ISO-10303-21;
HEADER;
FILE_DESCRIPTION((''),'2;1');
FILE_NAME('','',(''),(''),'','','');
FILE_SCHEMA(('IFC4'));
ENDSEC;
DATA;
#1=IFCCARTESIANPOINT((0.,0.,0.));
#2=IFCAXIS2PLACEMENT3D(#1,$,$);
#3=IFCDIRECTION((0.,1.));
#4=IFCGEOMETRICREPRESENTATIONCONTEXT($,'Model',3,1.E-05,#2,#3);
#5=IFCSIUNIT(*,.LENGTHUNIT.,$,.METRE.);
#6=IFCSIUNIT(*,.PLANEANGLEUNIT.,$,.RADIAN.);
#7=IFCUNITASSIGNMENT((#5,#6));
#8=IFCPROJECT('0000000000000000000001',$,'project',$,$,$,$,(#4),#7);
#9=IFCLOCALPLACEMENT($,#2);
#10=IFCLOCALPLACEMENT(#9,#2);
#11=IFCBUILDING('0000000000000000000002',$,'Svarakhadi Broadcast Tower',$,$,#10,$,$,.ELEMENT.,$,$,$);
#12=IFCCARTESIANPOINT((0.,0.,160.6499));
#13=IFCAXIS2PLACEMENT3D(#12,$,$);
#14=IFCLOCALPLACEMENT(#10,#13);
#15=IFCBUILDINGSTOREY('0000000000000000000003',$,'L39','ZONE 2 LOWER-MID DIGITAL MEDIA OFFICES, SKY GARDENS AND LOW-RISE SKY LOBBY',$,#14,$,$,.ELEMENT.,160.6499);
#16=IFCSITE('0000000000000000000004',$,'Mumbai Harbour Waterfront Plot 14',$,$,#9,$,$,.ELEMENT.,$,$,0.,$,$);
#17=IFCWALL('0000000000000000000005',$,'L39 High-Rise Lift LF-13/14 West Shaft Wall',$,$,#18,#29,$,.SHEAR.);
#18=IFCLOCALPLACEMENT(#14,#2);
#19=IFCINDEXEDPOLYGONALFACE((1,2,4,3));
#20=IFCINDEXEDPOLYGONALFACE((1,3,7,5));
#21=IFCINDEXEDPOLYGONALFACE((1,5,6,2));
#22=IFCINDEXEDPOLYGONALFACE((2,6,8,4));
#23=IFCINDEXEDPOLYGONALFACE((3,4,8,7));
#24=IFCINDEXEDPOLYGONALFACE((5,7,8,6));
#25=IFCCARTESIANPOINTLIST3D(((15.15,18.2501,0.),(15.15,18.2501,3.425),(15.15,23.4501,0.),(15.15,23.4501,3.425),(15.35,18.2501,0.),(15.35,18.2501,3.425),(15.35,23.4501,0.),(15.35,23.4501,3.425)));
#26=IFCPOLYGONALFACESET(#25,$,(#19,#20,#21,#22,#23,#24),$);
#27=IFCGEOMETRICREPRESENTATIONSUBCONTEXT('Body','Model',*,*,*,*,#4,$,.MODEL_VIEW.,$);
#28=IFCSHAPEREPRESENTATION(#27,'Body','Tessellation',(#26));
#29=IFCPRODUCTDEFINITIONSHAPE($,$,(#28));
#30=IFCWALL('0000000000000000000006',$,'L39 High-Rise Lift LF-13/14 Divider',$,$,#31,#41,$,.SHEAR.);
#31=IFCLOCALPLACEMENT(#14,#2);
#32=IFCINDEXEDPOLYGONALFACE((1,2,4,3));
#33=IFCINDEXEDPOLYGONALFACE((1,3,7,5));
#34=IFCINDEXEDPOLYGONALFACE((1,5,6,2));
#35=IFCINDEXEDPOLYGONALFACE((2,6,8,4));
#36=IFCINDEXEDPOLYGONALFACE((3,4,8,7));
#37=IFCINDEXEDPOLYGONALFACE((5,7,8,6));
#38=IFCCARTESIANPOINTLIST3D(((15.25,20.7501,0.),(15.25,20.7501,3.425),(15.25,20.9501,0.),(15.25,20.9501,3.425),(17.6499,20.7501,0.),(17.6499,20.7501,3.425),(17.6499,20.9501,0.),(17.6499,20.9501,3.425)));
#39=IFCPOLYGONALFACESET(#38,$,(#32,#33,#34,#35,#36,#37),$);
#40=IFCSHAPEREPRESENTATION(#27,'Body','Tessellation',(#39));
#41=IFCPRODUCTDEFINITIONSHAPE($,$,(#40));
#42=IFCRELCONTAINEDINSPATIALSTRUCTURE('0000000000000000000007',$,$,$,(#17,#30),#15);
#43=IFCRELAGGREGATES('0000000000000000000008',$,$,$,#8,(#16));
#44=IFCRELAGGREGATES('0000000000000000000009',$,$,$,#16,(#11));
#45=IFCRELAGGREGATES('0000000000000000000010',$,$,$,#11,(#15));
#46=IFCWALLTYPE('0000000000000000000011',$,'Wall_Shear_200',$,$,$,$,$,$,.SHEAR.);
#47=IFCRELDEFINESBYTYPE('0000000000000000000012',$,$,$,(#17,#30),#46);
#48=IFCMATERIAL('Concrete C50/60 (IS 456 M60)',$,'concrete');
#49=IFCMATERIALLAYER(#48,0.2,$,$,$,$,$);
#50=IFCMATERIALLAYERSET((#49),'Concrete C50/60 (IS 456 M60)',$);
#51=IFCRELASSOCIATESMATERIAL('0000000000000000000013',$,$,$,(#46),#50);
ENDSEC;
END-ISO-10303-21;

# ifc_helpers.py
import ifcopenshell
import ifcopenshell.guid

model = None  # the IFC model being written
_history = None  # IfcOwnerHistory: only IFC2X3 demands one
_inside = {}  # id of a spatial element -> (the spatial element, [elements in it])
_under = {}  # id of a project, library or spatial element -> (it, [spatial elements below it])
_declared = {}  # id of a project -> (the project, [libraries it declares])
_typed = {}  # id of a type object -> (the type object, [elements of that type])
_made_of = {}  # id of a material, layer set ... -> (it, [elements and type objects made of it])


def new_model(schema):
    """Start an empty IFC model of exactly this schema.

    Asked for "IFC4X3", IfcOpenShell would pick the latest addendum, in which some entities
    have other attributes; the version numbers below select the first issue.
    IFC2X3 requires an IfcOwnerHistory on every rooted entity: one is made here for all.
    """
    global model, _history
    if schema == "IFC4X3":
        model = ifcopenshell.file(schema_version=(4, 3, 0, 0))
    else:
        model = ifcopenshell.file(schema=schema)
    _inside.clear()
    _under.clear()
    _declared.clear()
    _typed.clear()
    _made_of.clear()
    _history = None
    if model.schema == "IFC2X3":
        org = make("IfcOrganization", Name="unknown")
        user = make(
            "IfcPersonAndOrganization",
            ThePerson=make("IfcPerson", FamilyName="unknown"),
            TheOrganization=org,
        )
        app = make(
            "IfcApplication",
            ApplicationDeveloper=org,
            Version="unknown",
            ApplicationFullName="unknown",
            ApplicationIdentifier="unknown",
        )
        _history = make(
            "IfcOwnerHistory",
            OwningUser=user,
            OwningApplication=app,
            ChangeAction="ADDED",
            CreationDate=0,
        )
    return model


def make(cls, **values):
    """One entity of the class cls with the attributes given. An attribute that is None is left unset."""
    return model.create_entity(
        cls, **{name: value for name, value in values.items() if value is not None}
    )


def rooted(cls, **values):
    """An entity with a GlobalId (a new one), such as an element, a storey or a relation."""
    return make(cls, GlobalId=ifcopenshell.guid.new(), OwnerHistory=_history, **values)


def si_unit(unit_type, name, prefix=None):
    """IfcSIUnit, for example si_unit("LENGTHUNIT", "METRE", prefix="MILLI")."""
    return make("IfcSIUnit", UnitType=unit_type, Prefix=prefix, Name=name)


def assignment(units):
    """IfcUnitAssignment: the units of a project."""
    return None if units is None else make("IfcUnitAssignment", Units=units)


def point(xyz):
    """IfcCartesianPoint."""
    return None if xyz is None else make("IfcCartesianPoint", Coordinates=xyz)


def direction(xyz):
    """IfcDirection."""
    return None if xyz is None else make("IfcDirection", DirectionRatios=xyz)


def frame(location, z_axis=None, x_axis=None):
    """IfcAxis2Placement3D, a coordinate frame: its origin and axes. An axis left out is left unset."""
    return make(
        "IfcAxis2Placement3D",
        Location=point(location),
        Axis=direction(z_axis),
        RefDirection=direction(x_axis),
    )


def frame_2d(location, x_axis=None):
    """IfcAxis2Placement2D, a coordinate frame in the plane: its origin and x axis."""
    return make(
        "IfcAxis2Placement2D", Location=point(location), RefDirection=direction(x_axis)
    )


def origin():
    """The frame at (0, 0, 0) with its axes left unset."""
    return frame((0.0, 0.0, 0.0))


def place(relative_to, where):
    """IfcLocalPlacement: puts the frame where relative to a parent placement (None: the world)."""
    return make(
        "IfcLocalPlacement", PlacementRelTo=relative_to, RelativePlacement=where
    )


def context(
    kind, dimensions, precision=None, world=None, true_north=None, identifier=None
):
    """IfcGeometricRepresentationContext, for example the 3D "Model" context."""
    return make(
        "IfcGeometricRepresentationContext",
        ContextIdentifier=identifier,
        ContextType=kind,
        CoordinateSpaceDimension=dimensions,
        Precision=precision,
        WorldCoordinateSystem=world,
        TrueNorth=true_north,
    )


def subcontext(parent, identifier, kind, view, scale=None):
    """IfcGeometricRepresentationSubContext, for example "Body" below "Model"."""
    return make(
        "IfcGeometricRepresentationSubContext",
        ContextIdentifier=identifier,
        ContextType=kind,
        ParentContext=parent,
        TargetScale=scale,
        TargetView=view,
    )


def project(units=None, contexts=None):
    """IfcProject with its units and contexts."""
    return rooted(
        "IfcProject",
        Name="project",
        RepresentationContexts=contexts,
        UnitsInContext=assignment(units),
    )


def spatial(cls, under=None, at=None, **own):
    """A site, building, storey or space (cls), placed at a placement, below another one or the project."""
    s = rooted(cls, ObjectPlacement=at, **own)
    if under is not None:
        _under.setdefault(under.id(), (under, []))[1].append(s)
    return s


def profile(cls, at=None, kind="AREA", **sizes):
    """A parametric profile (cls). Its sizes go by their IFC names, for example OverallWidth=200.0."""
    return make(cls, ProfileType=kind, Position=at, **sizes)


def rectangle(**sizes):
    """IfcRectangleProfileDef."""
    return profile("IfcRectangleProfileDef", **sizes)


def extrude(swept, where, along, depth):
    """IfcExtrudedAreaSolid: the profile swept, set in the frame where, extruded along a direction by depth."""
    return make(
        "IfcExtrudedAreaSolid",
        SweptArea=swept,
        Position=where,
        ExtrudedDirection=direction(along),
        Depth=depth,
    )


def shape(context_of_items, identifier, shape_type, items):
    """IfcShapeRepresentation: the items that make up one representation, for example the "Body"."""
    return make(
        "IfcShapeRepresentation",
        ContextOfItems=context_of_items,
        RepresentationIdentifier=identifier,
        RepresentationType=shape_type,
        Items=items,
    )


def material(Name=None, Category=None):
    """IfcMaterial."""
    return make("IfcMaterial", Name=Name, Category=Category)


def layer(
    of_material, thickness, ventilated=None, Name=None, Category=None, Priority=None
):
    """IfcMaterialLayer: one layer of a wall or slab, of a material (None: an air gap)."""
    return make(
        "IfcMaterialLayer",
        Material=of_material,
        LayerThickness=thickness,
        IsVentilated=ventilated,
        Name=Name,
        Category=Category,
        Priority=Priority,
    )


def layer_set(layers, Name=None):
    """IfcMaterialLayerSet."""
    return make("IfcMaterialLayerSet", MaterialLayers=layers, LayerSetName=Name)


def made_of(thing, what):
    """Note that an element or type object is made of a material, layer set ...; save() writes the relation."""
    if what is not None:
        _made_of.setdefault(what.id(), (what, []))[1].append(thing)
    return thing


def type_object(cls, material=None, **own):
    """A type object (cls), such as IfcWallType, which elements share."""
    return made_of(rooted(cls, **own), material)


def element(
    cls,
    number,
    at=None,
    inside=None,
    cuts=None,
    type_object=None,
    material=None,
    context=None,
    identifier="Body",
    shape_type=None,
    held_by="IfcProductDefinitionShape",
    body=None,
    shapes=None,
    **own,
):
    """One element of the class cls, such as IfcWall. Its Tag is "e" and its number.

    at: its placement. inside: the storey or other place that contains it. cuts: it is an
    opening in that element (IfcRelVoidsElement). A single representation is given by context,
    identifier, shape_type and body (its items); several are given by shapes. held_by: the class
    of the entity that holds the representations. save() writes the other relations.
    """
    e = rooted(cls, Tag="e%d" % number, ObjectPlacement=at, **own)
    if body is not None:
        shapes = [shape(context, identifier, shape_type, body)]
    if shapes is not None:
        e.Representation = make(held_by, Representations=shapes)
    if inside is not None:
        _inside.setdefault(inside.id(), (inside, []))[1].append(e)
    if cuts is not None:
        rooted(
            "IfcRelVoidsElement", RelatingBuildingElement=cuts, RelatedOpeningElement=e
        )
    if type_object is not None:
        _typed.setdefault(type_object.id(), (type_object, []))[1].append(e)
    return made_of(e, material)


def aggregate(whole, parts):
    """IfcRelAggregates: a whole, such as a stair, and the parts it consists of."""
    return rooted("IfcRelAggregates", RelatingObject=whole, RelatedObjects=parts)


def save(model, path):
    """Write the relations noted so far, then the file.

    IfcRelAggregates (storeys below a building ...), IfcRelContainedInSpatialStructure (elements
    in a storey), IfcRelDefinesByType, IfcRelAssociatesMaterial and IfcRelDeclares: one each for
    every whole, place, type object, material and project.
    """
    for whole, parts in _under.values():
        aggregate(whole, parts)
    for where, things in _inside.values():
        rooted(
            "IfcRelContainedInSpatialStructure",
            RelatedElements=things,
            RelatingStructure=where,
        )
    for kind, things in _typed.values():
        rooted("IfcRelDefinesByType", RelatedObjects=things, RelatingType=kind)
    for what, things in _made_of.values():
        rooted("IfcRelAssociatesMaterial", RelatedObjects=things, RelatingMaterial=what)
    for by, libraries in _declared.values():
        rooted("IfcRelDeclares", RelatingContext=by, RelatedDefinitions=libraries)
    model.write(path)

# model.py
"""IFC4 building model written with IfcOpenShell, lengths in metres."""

from ifc_helpers import new_model, si_unit, direction, frame, frame_2d, origin, place, context, subcontext, project, spatial, rectangle, extrude, material, layer, layer_set, type_object, element, save


model = new_model("IFC4")

# Units and contexts
model_context = context("Model", 3, precision=1e-05, world=origin(), true_north=direction((0.0, 1.0)))
body_context = subcontext(model_context, "Body", "Model", "MODEL_VIEW")
ifc_project = project(units=[si_unit("LENGTHUNIT", "METRE"), si_unit("PLANEANGLEUNIT", "RADIAN")], contexts=[model_context])

# Site, building, storey
site_placement = place(None, origin())
site = spatial("IfcSite", under=ifc_project, at=site_placement, Name="Mumbai Harbour Waterfront Plot 14", CompositionType="ELEMENT", RefElevation=0.0)
building_placement = place(site_placement, origin())
building = spatial("IfcBuilding", under=site, at=building_placement, Name="Svarakhadi Broadcast Tower", CompositionType="ELEMENT")
storey_placement = place(building_placement, frame((0.0, 0.0, 160.6499)))
storey = spatial("IfcBuildingStorey", under=building, at=storey_placement, Name="L39", Description="ZONE 2 LOWER-MID DIGITAL MEDIA OFFICES, SKY GARDENS AND LOW-RISE SKY LOBBY", CompositionType="ELEMENT", Elevation=160.6499)

# Shared definitions
ifc_material_1 = material(Name="Concrete C50/60 (IS 456 M60)", Category="concrete")

# Shared definitions
ifc_layer_1 = layer(ifc_material_1, 0.2)
ifc_layer_set_1 = layer_set([ifc_layer_1], Name="Concrete C50/60 (IS 456 M60)")
wall_type_1 = type_object("IfcWallType", Name="Wall_Shear_200", PredefinedType="SHEAR", material=ifc_layer_set_1)

# Walls
wall_1_placement = place(storey_placement, frame((15.25, 18.25, 0.0), z_axis=(0.0, 0.0, 1.0), x_axis=(0.0, 1.0, 0.0)))
element("IfcWall", 1, at=wall_1_placement, inside=storey, type_object=wall_type_1, Name="L39 High-Rise Lift LF-13/14 West Shaft Wall", PredefinedType="SHEAR", context=body_context, shape_type="SweptSolid", body=[
    extrude(rectangle(XDim=5.2, YDim=0.2, at=frame_2d((2.6001, 0.0))), origin(), (0.0, 0.0, 1.0), 3.425),
])
wall_2_placement = place(storey_placement, frame((15.25, 20.8501, 0.0), z_axis=(0.0, 0.0, 1.0), x_axis=(1.0, 0.0, 0.0)))
element("IfcWall", 2, at=wall_2_placement, inside=storey, type_object=wall_type_1, Name="L39 High-Rise Lift LF-13/14 Divider", PredefinedType="SHEAR", context=body_context, shape_type="SweptSolid", body=[
    extrude(rectangle(XDim=2.3999, YDim=0.2, at=frame_2d((1.2, 0.0))), origin(), (0.0, 0.0, 1.0), 3.425),
])

save(model, "model.ifc")
